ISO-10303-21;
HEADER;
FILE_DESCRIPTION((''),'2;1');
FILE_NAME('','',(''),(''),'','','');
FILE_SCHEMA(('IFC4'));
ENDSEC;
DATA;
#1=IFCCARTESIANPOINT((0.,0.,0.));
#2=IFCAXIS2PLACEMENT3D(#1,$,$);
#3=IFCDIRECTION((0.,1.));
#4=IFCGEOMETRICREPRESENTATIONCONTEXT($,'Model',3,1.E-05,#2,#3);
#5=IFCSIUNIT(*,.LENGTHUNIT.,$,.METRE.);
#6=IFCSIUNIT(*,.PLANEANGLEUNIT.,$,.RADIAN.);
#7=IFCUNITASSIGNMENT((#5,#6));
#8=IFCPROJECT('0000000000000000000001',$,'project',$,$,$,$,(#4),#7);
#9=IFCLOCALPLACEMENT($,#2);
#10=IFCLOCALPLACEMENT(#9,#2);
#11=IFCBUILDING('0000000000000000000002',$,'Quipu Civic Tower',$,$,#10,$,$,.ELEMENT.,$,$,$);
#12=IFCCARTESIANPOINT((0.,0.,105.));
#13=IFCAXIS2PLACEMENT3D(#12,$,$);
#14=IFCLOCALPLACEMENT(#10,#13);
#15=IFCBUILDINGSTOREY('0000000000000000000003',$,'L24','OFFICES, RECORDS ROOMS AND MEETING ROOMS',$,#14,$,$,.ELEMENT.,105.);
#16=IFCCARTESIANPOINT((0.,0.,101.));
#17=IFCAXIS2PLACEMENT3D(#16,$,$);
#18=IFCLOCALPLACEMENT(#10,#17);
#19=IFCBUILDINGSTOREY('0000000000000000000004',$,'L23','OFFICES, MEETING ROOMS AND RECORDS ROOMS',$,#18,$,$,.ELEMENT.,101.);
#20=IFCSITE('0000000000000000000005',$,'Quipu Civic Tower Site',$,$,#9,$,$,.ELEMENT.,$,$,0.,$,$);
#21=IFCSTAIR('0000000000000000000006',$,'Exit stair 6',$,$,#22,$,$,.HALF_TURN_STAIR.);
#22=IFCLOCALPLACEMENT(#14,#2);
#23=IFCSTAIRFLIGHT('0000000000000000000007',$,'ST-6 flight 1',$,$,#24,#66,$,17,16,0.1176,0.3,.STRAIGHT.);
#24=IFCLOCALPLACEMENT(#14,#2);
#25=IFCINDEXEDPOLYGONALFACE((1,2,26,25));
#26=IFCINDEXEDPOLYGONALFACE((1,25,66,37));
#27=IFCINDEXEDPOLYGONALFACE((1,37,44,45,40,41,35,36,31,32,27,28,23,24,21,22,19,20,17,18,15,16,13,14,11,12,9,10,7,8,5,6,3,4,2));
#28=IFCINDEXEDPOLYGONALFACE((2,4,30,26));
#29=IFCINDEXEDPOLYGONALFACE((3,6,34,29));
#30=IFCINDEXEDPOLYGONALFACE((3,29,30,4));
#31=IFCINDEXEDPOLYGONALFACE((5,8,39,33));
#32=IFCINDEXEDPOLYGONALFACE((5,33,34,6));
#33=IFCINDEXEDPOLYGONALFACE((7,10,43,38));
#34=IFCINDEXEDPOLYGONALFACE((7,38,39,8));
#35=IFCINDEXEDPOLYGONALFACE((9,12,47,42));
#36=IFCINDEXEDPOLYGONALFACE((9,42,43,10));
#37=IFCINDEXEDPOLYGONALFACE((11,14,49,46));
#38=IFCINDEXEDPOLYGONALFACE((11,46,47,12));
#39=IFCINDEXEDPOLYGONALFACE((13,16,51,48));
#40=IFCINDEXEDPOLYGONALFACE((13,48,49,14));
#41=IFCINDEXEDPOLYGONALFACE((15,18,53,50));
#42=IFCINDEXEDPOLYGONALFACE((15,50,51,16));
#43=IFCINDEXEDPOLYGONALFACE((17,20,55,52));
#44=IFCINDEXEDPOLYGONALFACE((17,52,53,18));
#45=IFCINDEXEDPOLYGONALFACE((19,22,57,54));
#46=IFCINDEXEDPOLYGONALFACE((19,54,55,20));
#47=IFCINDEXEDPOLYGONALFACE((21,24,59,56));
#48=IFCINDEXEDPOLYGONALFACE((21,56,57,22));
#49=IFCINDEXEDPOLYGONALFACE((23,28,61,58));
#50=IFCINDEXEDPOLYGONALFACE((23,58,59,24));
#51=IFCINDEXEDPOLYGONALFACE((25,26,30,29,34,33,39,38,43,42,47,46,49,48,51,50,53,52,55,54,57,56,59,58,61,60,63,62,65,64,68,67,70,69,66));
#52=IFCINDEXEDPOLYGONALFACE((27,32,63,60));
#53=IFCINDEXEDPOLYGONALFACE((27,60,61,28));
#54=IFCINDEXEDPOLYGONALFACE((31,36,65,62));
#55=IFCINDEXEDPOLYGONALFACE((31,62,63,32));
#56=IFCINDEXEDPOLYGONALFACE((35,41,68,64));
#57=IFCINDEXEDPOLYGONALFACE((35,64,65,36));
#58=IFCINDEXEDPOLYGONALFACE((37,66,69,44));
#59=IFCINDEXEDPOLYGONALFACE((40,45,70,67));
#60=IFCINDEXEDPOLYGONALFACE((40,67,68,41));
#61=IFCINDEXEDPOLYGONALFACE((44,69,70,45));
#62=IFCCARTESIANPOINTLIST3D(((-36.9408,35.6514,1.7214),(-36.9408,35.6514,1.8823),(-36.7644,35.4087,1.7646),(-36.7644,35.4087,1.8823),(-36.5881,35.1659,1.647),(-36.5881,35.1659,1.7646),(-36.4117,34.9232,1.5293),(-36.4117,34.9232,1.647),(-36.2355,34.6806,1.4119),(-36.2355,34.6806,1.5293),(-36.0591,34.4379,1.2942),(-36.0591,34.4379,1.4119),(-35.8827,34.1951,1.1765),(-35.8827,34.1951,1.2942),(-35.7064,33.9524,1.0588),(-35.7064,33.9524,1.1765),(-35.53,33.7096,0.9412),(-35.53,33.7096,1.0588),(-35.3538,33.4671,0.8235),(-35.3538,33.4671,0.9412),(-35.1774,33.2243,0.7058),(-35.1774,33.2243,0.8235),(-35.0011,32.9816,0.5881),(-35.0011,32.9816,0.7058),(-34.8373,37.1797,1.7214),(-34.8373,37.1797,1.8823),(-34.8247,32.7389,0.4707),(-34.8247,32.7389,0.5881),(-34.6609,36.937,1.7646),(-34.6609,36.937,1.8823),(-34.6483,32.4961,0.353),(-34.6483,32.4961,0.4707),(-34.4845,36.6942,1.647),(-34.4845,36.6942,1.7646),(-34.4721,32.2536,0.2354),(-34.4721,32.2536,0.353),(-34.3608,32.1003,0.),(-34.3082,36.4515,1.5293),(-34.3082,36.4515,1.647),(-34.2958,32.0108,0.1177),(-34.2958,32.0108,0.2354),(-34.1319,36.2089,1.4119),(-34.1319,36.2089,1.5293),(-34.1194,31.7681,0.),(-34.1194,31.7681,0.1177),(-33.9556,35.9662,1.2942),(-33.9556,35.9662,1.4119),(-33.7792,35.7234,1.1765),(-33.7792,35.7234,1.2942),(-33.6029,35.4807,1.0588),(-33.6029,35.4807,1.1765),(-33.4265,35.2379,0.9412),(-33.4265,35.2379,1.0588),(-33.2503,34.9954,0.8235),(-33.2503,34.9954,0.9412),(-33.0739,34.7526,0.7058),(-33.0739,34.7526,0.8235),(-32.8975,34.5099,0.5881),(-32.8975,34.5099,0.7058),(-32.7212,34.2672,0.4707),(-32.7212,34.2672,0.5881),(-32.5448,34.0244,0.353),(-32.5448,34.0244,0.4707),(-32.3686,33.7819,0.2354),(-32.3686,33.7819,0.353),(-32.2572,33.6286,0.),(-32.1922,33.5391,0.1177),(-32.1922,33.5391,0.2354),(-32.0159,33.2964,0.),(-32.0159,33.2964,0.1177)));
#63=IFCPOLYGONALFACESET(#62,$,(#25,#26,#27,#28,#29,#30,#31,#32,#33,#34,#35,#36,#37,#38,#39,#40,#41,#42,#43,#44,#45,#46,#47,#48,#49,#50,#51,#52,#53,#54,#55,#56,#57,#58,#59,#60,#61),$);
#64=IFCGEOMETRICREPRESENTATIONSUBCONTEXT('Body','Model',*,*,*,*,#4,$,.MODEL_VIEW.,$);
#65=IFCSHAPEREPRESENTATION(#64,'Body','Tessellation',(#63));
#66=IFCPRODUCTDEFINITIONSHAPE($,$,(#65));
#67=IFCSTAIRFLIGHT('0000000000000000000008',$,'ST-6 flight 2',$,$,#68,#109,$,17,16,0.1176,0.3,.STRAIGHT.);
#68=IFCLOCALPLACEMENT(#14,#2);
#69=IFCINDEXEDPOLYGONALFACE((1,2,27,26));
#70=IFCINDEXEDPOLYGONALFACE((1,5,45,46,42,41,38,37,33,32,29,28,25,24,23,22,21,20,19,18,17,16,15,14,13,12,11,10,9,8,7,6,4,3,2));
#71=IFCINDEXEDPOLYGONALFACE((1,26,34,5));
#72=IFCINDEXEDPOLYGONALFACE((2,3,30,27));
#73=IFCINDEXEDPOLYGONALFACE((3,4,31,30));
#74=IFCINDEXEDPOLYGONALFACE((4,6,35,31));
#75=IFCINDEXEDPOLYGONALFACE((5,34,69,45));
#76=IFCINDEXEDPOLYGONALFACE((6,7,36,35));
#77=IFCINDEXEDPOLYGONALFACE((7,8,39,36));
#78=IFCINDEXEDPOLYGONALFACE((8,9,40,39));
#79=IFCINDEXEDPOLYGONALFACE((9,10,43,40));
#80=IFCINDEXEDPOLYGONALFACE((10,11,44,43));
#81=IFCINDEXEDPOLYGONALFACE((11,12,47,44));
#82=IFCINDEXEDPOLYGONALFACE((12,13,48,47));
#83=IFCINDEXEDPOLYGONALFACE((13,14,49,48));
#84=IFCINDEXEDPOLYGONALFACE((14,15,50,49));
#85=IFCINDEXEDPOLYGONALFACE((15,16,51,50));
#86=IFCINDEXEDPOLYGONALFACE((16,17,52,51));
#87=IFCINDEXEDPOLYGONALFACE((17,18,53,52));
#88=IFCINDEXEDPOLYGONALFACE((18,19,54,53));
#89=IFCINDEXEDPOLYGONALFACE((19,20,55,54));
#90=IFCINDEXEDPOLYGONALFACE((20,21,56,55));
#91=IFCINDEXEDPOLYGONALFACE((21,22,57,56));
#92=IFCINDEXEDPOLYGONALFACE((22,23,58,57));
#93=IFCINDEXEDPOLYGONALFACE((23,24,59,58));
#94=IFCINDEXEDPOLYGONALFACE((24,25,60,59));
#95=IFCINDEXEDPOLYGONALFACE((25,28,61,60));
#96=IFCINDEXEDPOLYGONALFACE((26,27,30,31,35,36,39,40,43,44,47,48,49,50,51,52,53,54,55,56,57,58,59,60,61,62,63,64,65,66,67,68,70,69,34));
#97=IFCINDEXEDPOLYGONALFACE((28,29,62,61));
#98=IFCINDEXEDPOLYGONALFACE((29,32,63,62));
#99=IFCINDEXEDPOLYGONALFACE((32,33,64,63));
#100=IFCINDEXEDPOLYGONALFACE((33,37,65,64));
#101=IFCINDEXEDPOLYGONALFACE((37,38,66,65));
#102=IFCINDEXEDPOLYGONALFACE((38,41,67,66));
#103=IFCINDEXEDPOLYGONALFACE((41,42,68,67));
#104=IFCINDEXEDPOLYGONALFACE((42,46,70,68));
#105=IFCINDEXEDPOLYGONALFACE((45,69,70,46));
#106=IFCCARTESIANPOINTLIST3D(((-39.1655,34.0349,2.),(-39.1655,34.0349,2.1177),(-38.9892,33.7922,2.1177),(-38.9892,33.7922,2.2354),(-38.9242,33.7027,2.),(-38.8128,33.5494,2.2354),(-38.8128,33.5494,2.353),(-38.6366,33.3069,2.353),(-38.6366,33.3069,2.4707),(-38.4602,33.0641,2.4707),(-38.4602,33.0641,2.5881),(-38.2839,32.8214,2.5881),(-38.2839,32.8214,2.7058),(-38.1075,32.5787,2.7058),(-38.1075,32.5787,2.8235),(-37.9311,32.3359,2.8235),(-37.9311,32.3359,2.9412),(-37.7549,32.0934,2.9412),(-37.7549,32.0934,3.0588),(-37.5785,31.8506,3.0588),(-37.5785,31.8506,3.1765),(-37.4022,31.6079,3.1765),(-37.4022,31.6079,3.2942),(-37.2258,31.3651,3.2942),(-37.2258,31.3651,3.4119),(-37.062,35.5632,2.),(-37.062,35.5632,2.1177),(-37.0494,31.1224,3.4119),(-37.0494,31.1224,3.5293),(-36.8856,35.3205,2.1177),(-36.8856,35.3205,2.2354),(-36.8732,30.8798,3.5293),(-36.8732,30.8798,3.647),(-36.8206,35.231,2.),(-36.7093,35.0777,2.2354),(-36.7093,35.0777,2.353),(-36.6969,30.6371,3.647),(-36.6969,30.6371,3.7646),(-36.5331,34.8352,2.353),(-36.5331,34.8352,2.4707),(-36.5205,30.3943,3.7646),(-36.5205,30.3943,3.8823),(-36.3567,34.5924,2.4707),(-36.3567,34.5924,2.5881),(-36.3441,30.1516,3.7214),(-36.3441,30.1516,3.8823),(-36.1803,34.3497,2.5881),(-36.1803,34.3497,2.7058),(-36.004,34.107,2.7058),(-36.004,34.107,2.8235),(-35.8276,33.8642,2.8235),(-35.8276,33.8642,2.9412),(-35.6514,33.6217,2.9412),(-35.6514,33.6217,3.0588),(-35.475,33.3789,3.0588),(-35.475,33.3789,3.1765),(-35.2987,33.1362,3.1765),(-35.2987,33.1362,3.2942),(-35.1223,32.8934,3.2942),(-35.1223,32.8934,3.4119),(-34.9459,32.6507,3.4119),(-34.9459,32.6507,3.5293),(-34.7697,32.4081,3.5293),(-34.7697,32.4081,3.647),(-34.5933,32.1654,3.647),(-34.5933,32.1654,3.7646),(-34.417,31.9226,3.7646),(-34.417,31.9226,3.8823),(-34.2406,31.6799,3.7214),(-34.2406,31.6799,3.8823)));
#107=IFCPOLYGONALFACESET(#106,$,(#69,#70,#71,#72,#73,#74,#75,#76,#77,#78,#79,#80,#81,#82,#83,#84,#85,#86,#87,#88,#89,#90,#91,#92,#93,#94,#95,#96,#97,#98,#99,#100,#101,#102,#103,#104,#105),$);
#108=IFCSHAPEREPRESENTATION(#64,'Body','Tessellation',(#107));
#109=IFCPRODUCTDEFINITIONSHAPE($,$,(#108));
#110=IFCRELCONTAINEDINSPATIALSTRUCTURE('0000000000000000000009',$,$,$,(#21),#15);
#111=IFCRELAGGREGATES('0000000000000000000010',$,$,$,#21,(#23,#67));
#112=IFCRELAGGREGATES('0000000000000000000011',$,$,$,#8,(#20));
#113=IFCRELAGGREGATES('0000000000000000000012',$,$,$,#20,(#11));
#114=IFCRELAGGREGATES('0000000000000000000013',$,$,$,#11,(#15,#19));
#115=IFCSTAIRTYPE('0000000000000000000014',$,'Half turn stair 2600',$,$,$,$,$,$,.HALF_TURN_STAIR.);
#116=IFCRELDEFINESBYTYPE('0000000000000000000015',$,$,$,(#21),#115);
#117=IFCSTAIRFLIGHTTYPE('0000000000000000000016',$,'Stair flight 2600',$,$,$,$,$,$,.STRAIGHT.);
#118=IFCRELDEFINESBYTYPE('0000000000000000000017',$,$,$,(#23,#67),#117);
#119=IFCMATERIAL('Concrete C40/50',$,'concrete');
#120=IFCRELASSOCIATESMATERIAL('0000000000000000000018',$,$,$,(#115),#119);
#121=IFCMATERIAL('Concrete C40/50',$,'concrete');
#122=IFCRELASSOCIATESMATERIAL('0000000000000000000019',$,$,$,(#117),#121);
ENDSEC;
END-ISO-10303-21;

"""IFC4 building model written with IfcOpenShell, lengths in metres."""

from ifc_helpers import new_model, si_unit, direction, frame, origin, place, context, subcontext, project, spatial, polyline, outline, extrude, material, type_object, element, aggregate, save


model = new_model("IFC4")

# Units and contexts
model_context = context("Model", 3, precision=1e-05, world=origin(), true_north=direction((0.0, 1.0)))
body_context = subcontext(model_context, "Body", "Model", "MODEL_VIEW")
ifc_project = project(units=[si_unit("LENGTHUNIT", "METRE"), si_unit("PLANEANGLEUNIT", "RADIAN")], contexts=[model_context])

# Site, building, storey
site_placement = place(None, origin())
site = spatial("IfcSite", under=ifc_project, at=site_placement, Name="Quipu Civic Tower Site", CompositionType="ELEMENT", RefElevation=0.0)
building_placement = place(site_placement, origin())
building = spatial("IfcBuilding", under=site, at=building_placement, Name="Quipu Civic Tower", CompositionType="ELEMENT")
storey_1_placement = place(building_placement, frame((0.0, 0.0, 105.0)))
storey_1 = spatial("IfcBuildingStorey", under=building, at=storey_1_placement, Name="L24", Description="OFFICES, RECORDS ROOMS AND MEETING ROOMS", CompositionType="ELEMENT", Elevation=105.0)

# Shared definitions
storey_2_placement = place(building_placement, frame((0.0, 0.0, 101.0)))
storey_2 = spatial("IfcBuildingStorey", under=building, at=storey_2_placement, Name="L23", Description="OFFICES, MEETING ROOMS AND RECORDS ROOMS", CompositionType="ELEMENT", Elevation=101.0)

# Stair, stair flights
ifc_material_1 = material(Name="Concrete C40/50", Category="concrete")
stair_type = type_object("IfcStairType", Name="Half turn stair 2600", PredefinedType="HALF_TURN_STAIR", material=ifc_material_1)
stair_placement = place(storey_1_placement, origin())
stair = element("IfcStair", 1, at=stair_placement, inside=storey_1, type_object=stair_type, Name="Exit stair 6", PredefinedType="HALF_TURN_STAIR")
ifc_material_2 = material(Name="Concrete C40/50", Category="concrete")
stair_flight_type = type_object("IfcStairFlightType", Name="Stair flight 2600", PredefinedType="STRAIGHT", material=ifc_material_2)
stair_flight_1_placement = place(storey_1_placement, frame((-33.0676, 32.5322, 0.0), z_axis=(0.0, 0.0, 1.0), x_axis=(-0.587785, 0.809017, 0.0)))
stair_flight_1 = element("IfcStairFlight", 2, at=stair_flight_1_placement, type_object=stair_flight_type, Name="ST-6 flight 1", NumberOfRisers=17, NumberOfTreads=16, PredefinedType="STRAIGHT", RiserHeight=0.1176, TreadLength=0.3, context=body_context, shape_type="SweptSolid", body=[
    extrude(outline(polyline([(0.0, 0.0), (0.0, 0.1177), (0.3, 0.1177), (0.3, 0.2354), (0.6001, 0.2354), (0.6001, 0.353), (0.8999, 0.353), (0.8999, 0.4707), (1.2, 0.4707), (1.2, 0.5881), (1.5, 0.5881), (1.5, 0.7058), (1.8, 0.7058), (1.8, 0.8235), (2.1001, 0.8235), (2.1001, 0.9412), (2.3999, 0.9412), (2.3999, 1.0588), (2.7, 1.0588), (2.7, 1.1765), (3.0, 1.1765), (3.0, 1.2942), (3.3, 1.2942), (3.3, 1.4119), (3.6001, 1.4119), (3.6001, 1.5293), (3.8999, 1.5293), (3.8999, 1.647), (4.2, 1.647), (4.2, 1.7646), (4.5, 1.7646), (4.5, 1.8823), (4.8, 1.8823), (4.8, 2.0), (4.8, 1.7214), (0.4106, 0.0), (0.0, 0.0)])), frame((0.0, 1.3, 0.0), z_axis=(0.0, -1.0, 0.0), x_axis=(1.0, 0.0, 0.0)), (0.0, 0.0, 1.0), 2.6001),
])
stair_flight_2_placement = place(storey_1_placement, frame((-38.1138, 34.7991, 2.0), z_axis=(0.0, 0.0, 1.0), x_axis=(0.587785, -0.809017, 0.0)))
stair_flight_2 = element("IfcStairFlight", 3, at=stair_flight_2_placement, type_object=stair_flight_type, Name="ST-6 flight 2", NumberOfRisers=17, NumberOfTreads=16, PredefinedType="STRAIGHT", RiserHeight=0.1176, TreadLength=0.3, context=body_context, shape_type="SweptSolid", body=[
    extrude(outline(polyline([(0.0, 0.0), (0.0, 0.1177), (0.3, 0.1177), (0.3, 0.2354), (0.6001, 0.2354), (0.6001, 0.353), (0.8999, 0.353), (0.8999, 0.4707), (1.2, 0.4707), (1.2, 0.5881), (1.5, 0.5881), (1.5, 0.7058), (1.8, 0.7058), (1.8, 0.8235), (2.1001, 0.8235), (2.1001, 0.9412), (2.3999, 0.9412), (2.3999, 1.0588), (2.7, 1.0588), (2.7, 1.1765), (3.0, 1.1765), (3.0, 1.2942), (3.3, 1.2942), (3.3, 1.4119), (3.6001, 1.4119), (3.6001, 1.5293), (3.8999, 1.5293), (3.8999, 1.647), (4.2, 1.647), (4.2, 1.7646), (4.5, 1.7646), (4.5, 1.8823), (4.8, 1.8823), (4.8, 2.0), (4.8, 1.7214), (0.4106, 0.0), (0.0, 0.0)])), frame((0.0, 1.3, 0.0), z_axis=(0.0, -1.0, 0.0), x_axis=(1.0, 0.0, 0.0)), (0.0, 0.0, 1.0), 2.6001),
])
aggregate(stair, [stair_flight_1, stair_flight_2])

save(model, "model.ifc")
